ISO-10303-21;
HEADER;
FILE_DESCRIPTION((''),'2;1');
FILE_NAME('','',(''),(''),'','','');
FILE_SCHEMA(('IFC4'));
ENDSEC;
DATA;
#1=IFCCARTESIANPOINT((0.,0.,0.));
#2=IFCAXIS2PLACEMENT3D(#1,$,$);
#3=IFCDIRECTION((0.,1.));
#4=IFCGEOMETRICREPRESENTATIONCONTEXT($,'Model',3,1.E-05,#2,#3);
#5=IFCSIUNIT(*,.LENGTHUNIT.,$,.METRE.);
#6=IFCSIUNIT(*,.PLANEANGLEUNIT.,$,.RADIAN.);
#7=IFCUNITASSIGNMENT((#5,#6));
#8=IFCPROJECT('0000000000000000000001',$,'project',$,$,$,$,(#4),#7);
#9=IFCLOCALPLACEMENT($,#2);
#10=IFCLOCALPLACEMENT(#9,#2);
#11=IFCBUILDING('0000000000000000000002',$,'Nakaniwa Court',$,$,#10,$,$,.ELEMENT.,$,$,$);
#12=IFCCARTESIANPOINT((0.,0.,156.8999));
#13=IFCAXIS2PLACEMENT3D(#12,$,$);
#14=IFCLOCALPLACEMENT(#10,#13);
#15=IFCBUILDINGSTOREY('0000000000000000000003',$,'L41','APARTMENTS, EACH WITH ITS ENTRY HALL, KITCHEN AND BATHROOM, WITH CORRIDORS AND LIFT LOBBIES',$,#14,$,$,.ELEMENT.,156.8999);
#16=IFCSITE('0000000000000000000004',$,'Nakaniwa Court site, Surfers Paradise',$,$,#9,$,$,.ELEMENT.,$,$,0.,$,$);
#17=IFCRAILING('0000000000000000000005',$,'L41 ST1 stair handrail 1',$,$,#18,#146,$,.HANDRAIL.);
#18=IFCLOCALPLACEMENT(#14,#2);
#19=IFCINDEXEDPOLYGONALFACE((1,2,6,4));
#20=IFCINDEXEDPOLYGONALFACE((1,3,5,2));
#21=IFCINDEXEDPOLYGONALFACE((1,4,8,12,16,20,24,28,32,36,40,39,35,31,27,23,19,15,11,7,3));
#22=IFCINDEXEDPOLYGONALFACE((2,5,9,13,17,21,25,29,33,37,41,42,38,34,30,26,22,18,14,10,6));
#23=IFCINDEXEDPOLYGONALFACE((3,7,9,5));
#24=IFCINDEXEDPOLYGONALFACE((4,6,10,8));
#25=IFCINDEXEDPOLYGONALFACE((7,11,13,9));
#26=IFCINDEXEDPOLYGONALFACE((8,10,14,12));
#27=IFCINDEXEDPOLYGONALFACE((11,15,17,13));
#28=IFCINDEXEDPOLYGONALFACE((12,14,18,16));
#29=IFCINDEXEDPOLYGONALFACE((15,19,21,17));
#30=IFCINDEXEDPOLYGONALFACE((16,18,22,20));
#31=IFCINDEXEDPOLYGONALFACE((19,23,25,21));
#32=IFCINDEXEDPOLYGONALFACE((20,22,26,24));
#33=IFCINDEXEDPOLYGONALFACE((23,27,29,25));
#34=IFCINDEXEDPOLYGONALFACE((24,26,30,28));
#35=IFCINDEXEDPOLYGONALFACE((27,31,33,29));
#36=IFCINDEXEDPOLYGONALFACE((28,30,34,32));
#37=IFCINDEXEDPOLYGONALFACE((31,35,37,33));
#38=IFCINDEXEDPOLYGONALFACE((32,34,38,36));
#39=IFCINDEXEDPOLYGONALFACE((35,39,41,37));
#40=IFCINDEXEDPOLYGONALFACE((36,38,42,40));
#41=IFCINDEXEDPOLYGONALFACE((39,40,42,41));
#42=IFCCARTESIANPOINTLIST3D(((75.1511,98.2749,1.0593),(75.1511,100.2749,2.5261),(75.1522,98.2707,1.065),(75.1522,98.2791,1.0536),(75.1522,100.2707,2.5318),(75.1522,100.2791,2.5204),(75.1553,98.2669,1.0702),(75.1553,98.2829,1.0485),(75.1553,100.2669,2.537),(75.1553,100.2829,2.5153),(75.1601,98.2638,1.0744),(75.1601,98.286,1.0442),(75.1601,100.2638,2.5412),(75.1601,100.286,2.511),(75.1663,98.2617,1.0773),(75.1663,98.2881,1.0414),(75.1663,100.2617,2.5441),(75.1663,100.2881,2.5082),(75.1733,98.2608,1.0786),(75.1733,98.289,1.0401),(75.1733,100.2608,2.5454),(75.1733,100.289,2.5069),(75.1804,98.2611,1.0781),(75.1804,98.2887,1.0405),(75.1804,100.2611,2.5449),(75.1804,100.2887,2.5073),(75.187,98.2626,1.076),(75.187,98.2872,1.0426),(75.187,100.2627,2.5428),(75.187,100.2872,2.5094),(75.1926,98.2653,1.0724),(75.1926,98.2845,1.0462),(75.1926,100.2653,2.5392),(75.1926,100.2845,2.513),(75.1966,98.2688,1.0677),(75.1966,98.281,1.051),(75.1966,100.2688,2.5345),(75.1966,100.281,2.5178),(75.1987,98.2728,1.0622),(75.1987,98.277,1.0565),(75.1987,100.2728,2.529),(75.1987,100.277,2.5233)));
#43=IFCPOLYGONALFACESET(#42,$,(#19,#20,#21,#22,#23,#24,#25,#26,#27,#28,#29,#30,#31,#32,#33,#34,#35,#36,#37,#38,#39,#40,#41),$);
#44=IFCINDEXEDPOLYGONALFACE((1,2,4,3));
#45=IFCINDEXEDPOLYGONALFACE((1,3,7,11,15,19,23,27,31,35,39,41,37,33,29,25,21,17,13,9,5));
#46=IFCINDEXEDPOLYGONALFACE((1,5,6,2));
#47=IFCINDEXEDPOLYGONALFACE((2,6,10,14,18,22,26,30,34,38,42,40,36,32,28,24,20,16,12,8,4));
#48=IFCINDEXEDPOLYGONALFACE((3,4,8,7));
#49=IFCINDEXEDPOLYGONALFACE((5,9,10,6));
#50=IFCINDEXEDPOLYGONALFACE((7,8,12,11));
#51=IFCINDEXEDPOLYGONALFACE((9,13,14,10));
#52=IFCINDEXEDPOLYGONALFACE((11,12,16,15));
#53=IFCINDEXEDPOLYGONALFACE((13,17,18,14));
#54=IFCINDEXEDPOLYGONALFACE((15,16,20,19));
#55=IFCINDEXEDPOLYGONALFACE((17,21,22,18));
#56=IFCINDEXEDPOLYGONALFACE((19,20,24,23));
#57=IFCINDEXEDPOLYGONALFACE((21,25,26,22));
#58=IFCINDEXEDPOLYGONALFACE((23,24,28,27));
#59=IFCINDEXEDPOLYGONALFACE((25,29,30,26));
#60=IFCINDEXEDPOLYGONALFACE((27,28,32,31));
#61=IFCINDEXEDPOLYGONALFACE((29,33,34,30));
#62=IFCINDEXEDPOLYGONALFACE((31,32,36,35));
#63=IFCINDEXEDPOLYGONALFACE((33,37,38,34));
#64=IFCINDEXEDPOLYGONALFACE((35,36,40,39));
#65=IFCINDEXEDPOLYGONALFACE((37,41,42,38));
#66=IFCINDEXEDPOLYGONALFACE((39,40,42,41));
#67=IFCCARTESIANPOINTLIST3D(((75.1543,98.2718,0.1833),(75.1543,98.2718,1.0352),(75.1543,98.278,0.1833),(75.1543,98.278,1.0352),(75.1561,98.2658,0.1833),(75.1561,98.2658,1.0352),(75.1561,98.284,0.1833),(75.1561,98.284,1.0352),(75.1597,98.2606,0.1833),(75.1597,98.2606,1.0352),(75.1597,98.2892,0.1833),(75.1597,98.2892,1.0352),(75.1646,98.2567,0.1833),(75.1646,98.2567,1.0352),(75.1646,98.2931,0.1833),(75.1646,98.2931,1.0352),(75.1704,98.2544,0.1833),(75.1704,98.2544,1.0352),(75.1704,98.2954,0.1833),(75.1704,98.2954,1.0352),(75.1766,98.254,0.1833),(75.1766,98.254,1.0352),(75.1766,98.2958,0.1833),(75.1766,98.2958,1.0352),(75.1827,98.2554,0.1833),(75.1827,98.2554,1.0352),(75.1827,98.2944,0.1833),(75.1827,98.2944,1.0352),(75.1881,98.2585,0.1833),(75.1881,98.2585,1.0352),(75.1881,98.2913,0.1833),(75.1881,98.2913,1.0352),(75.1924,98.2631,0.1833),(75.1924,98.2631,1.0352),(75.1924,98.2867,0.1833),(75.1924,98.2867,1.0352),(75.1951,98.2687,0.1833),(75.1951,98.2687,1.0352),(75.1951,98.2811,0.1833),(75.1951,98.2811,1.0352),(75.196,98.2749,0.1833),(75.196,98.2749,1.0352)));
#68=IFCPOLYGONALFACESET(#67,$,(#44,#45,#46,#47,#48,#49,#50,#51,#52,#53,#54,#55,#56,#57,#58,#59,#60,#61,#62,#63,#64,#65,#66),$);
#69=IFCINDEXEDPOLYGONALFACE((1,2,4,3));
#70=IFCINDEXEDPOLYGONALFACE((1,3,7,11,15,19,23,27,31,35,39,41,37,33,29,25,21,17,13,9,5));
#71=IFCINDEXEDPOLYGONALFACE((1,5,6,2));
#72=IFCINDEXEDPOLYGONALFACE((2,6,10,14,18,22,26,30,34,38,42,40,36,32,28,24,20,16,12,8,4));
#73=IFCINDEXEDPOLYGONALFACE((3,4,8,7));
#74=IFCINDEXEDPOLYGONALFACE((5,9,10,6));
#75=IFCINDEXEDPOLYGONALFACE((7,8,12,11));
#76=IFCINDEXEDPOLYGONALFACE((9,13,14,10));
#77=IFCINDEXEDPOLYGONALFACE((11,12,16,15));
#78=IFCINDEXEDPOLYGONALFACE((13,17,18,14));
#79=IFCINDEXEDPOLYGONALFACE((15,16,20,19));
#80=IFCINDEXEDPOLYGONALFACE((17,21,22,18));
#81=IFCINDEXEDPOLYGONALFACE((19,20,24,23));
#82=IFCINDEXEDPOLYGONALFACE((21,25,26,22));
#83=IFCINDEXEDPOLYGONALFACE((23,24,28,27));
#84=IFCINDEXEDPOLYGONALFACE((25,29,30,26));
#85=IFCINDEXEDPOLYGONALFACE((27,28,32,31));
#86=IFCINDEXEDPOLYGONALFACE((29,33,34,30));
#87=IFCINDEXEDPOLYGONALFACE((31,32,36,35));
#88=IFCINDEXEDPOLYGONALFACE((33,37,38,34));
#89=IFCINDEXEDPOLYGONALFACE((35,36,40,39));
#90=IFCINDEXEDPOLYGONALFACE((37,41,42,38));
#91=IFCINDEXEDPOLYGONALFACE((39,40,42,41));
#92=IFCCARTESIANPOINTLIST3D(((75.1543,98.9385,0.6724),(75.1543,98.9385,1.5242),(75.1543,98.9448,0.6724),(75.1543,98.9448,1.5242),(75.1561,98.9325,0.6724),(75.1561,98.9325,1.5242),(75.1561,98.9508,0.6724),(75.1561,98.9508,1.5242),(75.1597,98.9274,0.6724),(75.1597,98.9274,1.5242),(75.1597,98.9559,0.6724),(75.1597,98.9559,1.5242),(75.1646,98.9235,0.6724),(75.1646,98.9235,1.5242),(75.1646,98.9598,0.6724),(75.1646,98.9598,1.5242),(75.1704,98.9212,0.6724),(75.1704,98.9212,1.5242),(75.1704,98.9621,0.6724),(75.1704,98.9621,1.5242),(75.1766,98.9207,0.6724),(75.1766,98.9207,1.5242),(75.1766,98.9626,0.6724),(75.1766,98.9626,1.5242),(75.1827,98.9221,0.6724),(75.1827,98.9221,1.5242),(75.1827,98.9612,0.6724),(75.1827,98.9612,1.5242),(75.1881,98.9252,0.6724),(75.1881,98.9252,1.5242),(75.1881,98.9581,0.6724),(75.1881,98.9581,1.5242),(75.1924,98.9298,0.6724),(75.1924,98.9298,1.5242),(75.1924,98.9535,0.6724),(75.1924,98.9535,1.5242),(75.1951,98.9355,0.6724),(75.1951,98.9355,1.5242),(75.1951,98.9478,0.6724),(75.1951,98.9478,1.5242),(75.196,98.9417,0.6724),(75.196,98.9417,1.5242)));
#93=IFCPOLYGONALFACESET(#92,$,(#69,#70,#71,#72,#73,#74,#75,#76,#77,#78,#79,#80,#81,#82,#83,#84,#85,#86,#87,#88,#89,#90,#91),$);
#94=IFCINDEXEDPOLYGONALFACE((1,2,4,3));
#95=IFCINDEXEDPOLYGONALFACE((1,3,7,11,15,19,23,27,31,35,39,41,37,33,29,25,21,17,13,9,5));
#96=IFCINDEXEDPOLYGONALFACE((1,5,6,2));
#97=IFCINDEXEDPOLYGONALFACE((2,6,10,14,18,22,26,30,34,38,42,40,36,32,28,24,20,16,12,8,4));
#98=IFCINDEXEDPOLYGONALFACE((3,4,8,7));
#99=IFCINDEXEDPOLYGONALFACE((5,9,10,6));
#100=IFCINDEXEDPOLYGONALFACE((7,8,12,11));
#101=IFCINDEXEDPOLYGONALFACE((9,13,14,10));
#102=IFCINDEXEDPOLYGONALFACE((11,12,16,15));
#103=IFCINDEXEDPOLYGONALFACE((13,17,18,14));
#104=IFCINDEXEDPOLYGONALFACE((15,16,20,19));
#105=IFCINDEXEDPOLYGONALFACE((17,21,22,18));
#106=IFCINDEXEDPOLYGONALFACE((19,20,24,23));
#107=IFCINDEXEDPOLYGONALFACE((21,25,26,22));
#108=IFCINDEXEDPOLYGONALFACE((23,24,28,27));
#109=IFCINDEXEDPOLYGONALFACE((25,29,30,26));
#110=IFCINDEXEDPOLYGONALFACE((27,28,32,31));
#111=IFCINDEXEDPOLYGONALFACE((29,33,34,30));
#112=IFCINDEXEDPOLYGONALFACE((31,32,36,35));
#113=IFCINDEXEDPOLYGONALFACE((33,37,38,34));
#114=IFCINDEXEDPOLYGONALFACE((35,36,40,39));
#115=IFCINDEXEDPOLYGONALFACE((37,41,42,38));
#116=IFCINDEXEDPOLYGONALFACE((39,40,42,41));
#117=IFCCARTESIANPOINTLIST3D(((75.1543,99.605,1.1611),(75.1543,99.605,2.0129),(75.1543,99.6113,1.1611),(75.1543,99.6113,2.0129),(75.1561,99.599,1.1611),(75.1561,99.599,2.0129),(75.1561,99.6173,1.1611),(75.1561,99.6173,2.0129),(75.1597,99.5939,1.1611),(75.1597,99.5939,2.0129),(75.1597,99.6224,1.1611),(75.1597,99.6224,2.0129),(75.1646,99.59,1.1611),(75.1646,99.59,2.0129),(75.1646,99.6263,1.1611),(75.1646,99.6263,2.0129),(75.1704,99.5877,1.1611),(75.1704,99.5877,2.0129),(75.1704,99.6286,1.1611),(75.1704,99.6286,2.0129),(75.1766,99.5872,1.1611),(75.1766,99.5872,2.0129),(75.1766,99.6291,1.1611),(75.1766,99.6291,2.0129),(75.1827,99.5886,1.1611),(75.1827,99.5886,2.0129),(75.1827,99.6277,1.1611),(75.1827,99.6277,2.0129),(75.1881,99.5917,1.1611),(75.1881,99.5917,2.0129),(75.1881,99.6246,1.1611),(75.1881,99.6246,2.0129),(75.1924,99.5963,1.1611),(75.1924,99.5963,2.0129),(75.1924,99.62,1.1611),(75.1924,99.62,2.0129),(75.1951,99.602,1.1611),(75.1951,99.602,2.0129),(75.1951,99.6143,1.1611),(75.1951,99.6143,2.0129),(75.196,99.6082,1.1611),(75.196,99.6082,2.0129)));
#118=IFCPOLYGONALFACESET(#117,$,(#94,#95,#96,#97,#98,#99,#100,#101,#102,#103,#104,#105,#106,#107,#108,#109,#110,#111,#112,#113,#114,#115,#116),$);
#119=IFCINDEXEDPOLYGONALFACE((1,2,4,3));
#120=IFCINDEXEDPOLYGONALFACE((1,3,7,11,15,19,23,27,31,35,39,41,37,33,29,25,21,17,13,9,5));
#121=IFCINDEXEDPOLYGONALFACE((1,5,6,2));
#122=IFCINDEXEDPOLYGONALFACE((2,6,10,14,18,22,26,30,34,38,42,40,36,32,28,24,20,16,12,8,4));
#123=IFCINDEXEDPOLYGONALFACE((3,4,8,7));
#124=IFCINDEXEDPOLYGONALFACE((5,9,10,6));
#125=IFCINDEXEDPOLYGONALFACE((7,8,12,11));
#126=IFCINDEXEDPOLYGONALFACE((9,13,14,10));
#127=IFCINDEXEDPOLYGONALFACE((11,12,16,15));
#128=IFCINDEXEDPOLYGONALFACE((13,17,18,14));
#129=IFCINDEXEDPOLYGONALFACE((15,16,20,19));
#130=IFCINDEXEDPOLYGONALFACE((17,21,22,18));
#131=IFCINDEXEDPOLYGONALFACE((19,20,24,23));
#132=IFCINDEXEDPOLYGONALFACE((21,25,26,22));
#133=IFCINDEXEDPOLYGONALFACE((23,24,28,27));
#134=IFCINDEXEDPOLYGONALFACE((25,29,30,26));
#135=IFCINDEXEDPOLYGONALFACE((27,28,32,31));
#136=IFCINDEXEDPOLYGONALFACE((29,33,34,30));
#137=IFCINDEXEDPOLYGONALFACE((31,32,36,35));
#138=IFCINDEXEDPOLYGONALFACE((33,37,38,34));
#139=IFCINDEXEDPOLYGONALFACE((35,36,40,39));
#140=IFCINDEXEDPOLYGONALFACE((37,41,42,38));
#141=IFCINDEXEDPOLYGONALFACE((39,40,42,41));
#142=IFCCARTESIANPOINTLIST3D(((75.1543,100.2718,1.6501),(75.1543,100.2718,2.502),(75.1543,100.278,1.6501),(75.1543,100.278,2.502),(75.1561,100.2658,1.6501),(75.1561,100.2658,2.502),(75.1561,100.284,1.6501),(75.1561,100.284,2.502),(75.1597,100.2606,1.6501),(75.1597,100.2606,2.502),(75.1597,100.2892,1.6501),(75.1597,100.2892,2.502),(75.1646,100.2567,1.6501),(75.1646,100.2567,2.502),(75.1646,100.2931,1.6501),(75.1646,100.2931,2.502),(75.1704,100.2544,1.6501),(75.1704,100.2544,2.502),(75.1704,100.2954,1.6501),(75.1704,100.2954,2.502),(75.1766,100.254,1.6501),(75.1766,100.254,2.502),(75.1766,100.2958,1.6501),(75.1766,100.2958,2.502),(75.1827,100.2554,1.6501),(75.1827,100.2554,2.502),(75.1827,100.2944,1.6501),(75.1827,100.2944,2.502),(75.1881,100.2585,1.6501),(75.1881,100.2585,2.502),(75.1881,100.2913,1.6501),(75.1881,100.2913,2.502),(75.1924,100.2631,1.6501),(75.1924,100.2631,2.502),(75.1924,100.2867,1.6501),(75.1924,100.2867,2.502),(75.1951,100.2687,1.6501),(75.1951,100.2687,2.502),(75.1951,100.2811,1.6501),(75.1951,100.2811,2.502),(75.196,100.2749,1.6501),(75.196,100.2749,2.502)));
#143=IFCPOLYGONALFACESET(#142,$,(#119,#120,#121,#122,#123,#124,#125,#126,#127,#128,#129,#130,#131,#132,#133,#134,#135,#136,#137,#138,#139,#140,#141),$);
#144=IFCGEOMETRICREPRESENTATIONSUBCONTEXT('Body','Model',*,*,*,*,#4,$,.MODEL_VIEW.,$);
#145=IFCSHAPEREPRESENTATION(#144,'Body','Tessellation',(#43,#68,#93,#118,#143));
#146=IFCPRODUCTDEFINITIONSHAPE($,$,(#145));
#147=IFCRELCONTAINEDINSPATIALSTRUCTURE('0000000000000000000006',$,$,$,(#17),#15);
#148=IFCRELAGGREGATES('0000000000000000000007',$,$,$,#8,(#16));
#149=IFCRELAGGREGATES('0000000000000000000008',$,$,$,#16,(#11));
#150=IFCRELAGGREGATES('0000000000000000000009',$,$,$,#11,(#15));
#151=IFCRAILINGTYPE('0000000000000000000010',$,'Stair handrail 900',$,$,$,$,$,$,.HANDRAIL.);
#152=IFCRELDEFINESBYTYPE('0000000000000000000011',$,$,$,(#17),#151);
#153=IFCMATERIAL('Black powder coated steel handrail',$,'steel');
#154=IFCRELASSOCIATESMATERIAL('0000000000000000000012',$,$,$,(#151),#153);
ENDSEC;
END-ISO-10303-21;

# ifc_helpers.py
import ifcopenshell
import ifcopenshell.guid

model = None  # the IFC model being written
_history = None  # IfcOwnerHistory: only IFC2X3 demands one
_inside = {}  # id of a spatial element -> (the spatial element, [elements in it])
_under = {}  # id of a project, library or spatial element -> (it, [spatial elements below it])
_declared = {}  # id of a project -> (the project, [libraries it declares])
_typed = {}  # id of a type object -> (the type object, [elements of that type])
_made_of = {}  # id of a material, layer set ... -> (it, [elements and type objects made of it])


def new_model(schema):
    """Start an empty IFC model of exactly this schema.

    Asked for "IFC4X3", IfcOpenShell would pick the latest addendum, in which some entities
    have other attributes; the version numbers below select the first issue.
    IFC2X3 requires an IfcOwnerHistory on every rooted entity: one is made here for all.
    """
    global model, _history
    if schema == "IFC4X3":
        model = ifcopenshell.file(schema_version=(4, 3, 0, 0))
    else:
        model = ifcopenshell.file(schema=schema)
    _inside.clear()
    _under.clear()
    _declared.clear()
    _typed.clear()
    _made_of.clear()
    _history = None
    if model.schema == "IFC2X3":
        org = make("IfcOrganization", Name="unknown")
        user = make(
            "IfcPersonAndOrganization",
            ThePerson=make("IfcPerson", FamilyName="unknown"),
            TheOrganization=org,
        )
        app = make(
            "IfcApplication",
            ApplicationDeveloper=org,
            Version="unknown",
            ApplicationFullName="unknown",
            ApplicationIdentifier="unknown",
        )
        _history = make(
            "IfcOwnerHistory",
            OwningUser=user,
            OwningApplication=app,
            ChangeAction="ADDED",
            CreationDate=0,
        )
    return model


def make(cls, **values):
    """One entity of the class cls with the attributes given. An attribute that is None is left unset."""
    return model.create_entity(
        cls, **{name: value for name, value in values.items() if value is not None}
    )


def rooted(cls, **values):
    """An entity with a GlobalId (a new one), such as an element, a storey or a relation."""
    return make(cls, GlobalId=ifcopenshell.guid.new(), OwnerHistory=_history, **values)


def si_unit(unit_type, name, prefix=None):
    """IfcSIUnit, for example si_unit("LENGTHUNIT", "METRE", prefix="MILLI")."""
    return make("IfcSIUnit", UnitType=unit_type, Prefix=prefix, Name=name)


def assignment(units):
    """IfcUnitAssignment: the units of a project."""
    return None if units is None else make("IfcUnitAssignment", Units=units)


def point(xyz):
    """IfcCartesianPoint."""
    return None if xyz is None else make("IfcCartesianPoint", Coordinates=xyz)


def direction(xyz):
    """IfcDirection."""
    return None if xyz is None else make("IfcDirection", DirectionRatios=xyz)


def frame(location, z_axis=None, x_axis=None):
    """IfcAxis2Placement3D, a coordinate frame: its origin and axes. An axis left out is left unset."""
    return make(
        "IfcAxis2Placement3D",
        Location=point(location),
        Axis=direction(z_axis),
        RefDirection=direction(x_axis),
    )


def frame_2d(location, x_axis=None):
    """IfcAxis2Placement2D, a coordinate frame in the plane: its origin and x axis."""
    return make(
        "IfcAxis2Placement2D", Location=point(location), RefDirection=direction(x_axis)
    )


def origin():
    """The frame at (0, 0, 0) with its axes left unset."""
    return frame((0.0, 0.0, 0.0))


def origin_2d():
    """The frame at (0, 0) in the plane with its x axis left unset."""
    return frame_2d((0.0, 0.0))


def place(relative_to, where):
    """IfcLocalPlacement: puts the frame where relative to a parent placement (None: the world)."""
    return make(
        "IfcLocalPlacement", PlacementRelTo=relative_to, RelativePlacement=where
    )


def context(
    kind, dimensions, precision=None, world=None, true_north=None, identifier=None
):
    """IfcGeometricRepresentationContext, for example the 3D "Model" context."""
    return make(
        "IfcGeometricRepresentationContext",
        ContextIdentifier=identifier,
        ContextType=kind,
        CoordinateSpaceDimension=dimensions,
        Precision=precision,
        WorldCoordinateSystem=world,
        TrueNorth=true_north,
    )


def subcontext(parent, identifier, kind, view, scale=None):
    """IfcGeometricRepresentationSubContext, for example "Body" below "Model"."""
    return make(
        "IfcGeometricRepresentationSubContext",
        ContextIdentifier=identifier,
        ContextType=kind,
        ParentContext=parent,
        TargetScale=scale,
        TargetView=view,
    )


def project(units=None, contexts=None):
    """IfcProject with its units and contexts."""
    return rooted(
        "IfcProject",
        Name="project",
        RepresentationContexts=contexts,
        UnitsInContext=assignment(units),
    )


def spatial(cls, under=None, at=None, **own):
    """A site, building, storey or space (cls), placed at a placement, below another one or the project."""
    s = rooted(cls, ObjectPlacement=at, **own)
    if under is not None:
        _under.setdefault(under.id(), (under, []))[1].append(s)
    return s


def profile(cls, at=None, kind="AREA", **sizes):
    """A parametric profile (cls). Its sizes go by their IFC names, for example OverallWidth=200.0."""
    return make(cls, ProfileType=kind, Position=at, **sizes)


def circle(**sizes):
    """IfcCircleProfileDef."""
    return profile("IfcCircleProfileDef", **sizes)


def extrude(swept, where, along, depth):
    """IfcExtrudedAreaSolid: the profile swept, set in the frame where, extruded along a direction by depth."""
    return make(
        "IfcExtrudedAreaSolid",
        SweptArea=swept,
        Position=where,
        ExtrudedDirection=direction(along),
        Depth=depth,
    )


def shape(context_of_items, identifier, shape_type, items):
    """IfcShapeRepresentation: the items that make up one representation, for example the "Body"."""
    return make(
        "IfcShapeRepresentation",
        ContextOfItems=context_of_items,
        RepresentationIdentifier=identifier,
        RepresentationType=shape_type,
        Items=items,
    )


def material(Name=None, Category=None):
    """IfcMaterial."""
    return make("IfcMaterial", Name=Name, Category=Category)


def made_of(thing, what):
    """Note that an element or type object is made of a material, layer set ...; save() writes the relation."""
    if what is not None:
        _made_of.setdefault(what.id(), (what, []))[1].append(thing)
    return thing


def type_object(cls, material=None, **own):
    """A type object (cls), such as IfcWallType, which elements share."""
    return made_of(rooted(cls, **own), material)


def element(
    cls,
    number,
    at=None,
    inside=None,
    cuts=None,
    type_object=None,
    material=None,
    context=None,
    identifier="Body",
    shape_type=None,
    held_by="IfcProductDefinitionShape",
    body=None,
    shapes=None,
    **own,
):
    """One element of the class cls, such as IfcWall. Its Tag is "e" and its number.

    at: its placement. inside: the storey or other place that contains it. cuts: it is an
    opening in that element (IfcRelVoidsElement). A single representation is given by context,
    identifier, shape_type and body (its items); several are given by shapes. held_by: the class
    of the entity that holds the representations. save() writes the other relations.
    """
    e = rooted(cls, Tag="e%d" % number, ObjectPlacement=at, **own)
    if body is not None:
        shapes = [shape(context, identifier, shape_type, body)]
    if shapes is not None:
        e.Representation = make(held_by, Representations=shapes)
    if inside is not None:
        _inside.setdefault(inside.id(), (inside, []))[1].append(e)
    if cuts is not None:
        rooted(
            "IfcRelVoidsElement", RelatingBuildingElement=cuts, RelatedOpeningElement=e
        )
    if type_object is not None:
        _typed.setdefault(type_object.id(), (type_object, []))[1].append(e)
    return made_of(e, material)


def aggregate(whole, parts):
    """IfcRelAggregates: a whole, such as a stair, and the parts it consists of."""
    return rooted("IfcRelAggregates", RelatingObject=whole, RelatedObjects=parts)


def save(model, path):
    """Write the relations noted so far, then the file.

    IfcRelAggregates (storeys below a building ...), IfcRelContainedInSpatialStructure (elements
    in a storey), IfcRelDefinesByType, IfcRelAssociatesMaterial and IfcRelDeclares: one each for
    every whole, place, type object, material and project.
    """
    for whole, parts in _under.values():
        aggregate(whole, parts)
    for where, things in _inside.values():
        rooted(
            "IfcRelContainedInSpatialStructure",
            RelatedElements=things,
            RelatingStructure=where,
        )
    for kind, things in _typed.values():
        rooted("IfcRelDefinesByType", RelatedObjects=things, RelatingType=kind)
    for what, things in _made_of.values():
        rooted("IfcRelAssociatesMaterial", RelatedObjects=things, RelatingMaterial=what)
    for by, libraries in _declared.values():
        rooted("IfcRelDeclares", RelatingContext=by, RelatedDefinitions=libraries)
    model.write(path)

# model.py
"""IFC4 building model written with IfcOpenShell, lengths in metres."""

from ifc_helpers import new_model, si_unit, direction, frame, origin, origin_2d, place, context, subcontext, project, spatial, circle, extrude, material, type_object, element, save


model = new_model("IFC4")

# Units and contexts
model_context = context("Model", 3, precision=1e-05, world=origin(), true_north=direction((0.0, 1.0)))
body_context = subcontext(model_context, "Body", "Model", "MODEL_VIEW")
ifc_project = project(units=[si_unit("LENGTHUNIT", "METRE"), si_unit("PLANEANGLEUNIT", "RADIAN")], contexts=[model_context])

# Site, building, storey
site_placement = place(None, origin())
site = spatial("IfcSite", under=ifc_project, at=site_placement, Name="Nakaniwa Court site, Surfers Paradise", CompositionType="ELEMENT", RefElevation=0.0)
building_placement = place(site_placement, origin())
building = spatial("IfcBuilding", under=site, at=building_placement, Name="Nakaniwa Court", CompositionType="ELEMENT")
storey_placement = place(building_placement, frame((0.0, 0.0, 156.8999)))
storey = spatial("IfcBuildingStorey", under=building, at=storey_placement, Name="L41", Description="APARTMENTS, EACH WITH ITS ENTRY HALL, KITCHEN AND BATHROOM, WITH CORRIDORS AND LIFT LOBBIES", CompositionType="ELEMENT", Elevation=156.8999)

# Railing
ifc_material_1 = material(Name="Black powder coated steel handrail", Category="steel")
railing_type_1 = type_object("IfcRailingType", Name="Stair handrail 900", PredefinedType="HANDRAIL", material=ifc_material_1)
railing_1_placement = place(storey_placement, frame((75.175, 98.2749, 0.1833)))
element("IfcRailing", 1, at=railing_1_placement, inside=storey, type_object=railing_type_1, Name="L41 ST1 stair handrail 1", PredefinedType="HANDRAIL", context=body_context, shape_type="SweptSolid", body=[
    extrude(circle(Radius=0.0239, at=origin_2d()), frame((0.0, 0.0, 0.876), z_axis=(0.0, 0.80638, 0.591398), x_axis=(-1.0, 0.0, 0.0)), (0.0, 0.0, 1.0), 2.4802),
    extrude(circle(Radius=0.021, at=origin_2d()), origin(), (0.0, 0.0, 1.0), 0.8518),
    extrude(circle(Radius=0.021, at=origin_2d()), frame((0.0, 0.6667, 0.489)), (0.0, 0.0, 1.0), 0.8518),
    extrude(circle(Radius=0.021, at=origin_2d()), frame((0.0, 1.3333, 0.9778)), (0.0, 0.0, 1.0), 0.8518),
    extrude(circle(Radius=0.021, at=origin_2d()), frame((0.0, 2.0, 1.4668)), (0.0, 0.0, 1.0), 0.8518),
])

save(model, "model.ifc")
